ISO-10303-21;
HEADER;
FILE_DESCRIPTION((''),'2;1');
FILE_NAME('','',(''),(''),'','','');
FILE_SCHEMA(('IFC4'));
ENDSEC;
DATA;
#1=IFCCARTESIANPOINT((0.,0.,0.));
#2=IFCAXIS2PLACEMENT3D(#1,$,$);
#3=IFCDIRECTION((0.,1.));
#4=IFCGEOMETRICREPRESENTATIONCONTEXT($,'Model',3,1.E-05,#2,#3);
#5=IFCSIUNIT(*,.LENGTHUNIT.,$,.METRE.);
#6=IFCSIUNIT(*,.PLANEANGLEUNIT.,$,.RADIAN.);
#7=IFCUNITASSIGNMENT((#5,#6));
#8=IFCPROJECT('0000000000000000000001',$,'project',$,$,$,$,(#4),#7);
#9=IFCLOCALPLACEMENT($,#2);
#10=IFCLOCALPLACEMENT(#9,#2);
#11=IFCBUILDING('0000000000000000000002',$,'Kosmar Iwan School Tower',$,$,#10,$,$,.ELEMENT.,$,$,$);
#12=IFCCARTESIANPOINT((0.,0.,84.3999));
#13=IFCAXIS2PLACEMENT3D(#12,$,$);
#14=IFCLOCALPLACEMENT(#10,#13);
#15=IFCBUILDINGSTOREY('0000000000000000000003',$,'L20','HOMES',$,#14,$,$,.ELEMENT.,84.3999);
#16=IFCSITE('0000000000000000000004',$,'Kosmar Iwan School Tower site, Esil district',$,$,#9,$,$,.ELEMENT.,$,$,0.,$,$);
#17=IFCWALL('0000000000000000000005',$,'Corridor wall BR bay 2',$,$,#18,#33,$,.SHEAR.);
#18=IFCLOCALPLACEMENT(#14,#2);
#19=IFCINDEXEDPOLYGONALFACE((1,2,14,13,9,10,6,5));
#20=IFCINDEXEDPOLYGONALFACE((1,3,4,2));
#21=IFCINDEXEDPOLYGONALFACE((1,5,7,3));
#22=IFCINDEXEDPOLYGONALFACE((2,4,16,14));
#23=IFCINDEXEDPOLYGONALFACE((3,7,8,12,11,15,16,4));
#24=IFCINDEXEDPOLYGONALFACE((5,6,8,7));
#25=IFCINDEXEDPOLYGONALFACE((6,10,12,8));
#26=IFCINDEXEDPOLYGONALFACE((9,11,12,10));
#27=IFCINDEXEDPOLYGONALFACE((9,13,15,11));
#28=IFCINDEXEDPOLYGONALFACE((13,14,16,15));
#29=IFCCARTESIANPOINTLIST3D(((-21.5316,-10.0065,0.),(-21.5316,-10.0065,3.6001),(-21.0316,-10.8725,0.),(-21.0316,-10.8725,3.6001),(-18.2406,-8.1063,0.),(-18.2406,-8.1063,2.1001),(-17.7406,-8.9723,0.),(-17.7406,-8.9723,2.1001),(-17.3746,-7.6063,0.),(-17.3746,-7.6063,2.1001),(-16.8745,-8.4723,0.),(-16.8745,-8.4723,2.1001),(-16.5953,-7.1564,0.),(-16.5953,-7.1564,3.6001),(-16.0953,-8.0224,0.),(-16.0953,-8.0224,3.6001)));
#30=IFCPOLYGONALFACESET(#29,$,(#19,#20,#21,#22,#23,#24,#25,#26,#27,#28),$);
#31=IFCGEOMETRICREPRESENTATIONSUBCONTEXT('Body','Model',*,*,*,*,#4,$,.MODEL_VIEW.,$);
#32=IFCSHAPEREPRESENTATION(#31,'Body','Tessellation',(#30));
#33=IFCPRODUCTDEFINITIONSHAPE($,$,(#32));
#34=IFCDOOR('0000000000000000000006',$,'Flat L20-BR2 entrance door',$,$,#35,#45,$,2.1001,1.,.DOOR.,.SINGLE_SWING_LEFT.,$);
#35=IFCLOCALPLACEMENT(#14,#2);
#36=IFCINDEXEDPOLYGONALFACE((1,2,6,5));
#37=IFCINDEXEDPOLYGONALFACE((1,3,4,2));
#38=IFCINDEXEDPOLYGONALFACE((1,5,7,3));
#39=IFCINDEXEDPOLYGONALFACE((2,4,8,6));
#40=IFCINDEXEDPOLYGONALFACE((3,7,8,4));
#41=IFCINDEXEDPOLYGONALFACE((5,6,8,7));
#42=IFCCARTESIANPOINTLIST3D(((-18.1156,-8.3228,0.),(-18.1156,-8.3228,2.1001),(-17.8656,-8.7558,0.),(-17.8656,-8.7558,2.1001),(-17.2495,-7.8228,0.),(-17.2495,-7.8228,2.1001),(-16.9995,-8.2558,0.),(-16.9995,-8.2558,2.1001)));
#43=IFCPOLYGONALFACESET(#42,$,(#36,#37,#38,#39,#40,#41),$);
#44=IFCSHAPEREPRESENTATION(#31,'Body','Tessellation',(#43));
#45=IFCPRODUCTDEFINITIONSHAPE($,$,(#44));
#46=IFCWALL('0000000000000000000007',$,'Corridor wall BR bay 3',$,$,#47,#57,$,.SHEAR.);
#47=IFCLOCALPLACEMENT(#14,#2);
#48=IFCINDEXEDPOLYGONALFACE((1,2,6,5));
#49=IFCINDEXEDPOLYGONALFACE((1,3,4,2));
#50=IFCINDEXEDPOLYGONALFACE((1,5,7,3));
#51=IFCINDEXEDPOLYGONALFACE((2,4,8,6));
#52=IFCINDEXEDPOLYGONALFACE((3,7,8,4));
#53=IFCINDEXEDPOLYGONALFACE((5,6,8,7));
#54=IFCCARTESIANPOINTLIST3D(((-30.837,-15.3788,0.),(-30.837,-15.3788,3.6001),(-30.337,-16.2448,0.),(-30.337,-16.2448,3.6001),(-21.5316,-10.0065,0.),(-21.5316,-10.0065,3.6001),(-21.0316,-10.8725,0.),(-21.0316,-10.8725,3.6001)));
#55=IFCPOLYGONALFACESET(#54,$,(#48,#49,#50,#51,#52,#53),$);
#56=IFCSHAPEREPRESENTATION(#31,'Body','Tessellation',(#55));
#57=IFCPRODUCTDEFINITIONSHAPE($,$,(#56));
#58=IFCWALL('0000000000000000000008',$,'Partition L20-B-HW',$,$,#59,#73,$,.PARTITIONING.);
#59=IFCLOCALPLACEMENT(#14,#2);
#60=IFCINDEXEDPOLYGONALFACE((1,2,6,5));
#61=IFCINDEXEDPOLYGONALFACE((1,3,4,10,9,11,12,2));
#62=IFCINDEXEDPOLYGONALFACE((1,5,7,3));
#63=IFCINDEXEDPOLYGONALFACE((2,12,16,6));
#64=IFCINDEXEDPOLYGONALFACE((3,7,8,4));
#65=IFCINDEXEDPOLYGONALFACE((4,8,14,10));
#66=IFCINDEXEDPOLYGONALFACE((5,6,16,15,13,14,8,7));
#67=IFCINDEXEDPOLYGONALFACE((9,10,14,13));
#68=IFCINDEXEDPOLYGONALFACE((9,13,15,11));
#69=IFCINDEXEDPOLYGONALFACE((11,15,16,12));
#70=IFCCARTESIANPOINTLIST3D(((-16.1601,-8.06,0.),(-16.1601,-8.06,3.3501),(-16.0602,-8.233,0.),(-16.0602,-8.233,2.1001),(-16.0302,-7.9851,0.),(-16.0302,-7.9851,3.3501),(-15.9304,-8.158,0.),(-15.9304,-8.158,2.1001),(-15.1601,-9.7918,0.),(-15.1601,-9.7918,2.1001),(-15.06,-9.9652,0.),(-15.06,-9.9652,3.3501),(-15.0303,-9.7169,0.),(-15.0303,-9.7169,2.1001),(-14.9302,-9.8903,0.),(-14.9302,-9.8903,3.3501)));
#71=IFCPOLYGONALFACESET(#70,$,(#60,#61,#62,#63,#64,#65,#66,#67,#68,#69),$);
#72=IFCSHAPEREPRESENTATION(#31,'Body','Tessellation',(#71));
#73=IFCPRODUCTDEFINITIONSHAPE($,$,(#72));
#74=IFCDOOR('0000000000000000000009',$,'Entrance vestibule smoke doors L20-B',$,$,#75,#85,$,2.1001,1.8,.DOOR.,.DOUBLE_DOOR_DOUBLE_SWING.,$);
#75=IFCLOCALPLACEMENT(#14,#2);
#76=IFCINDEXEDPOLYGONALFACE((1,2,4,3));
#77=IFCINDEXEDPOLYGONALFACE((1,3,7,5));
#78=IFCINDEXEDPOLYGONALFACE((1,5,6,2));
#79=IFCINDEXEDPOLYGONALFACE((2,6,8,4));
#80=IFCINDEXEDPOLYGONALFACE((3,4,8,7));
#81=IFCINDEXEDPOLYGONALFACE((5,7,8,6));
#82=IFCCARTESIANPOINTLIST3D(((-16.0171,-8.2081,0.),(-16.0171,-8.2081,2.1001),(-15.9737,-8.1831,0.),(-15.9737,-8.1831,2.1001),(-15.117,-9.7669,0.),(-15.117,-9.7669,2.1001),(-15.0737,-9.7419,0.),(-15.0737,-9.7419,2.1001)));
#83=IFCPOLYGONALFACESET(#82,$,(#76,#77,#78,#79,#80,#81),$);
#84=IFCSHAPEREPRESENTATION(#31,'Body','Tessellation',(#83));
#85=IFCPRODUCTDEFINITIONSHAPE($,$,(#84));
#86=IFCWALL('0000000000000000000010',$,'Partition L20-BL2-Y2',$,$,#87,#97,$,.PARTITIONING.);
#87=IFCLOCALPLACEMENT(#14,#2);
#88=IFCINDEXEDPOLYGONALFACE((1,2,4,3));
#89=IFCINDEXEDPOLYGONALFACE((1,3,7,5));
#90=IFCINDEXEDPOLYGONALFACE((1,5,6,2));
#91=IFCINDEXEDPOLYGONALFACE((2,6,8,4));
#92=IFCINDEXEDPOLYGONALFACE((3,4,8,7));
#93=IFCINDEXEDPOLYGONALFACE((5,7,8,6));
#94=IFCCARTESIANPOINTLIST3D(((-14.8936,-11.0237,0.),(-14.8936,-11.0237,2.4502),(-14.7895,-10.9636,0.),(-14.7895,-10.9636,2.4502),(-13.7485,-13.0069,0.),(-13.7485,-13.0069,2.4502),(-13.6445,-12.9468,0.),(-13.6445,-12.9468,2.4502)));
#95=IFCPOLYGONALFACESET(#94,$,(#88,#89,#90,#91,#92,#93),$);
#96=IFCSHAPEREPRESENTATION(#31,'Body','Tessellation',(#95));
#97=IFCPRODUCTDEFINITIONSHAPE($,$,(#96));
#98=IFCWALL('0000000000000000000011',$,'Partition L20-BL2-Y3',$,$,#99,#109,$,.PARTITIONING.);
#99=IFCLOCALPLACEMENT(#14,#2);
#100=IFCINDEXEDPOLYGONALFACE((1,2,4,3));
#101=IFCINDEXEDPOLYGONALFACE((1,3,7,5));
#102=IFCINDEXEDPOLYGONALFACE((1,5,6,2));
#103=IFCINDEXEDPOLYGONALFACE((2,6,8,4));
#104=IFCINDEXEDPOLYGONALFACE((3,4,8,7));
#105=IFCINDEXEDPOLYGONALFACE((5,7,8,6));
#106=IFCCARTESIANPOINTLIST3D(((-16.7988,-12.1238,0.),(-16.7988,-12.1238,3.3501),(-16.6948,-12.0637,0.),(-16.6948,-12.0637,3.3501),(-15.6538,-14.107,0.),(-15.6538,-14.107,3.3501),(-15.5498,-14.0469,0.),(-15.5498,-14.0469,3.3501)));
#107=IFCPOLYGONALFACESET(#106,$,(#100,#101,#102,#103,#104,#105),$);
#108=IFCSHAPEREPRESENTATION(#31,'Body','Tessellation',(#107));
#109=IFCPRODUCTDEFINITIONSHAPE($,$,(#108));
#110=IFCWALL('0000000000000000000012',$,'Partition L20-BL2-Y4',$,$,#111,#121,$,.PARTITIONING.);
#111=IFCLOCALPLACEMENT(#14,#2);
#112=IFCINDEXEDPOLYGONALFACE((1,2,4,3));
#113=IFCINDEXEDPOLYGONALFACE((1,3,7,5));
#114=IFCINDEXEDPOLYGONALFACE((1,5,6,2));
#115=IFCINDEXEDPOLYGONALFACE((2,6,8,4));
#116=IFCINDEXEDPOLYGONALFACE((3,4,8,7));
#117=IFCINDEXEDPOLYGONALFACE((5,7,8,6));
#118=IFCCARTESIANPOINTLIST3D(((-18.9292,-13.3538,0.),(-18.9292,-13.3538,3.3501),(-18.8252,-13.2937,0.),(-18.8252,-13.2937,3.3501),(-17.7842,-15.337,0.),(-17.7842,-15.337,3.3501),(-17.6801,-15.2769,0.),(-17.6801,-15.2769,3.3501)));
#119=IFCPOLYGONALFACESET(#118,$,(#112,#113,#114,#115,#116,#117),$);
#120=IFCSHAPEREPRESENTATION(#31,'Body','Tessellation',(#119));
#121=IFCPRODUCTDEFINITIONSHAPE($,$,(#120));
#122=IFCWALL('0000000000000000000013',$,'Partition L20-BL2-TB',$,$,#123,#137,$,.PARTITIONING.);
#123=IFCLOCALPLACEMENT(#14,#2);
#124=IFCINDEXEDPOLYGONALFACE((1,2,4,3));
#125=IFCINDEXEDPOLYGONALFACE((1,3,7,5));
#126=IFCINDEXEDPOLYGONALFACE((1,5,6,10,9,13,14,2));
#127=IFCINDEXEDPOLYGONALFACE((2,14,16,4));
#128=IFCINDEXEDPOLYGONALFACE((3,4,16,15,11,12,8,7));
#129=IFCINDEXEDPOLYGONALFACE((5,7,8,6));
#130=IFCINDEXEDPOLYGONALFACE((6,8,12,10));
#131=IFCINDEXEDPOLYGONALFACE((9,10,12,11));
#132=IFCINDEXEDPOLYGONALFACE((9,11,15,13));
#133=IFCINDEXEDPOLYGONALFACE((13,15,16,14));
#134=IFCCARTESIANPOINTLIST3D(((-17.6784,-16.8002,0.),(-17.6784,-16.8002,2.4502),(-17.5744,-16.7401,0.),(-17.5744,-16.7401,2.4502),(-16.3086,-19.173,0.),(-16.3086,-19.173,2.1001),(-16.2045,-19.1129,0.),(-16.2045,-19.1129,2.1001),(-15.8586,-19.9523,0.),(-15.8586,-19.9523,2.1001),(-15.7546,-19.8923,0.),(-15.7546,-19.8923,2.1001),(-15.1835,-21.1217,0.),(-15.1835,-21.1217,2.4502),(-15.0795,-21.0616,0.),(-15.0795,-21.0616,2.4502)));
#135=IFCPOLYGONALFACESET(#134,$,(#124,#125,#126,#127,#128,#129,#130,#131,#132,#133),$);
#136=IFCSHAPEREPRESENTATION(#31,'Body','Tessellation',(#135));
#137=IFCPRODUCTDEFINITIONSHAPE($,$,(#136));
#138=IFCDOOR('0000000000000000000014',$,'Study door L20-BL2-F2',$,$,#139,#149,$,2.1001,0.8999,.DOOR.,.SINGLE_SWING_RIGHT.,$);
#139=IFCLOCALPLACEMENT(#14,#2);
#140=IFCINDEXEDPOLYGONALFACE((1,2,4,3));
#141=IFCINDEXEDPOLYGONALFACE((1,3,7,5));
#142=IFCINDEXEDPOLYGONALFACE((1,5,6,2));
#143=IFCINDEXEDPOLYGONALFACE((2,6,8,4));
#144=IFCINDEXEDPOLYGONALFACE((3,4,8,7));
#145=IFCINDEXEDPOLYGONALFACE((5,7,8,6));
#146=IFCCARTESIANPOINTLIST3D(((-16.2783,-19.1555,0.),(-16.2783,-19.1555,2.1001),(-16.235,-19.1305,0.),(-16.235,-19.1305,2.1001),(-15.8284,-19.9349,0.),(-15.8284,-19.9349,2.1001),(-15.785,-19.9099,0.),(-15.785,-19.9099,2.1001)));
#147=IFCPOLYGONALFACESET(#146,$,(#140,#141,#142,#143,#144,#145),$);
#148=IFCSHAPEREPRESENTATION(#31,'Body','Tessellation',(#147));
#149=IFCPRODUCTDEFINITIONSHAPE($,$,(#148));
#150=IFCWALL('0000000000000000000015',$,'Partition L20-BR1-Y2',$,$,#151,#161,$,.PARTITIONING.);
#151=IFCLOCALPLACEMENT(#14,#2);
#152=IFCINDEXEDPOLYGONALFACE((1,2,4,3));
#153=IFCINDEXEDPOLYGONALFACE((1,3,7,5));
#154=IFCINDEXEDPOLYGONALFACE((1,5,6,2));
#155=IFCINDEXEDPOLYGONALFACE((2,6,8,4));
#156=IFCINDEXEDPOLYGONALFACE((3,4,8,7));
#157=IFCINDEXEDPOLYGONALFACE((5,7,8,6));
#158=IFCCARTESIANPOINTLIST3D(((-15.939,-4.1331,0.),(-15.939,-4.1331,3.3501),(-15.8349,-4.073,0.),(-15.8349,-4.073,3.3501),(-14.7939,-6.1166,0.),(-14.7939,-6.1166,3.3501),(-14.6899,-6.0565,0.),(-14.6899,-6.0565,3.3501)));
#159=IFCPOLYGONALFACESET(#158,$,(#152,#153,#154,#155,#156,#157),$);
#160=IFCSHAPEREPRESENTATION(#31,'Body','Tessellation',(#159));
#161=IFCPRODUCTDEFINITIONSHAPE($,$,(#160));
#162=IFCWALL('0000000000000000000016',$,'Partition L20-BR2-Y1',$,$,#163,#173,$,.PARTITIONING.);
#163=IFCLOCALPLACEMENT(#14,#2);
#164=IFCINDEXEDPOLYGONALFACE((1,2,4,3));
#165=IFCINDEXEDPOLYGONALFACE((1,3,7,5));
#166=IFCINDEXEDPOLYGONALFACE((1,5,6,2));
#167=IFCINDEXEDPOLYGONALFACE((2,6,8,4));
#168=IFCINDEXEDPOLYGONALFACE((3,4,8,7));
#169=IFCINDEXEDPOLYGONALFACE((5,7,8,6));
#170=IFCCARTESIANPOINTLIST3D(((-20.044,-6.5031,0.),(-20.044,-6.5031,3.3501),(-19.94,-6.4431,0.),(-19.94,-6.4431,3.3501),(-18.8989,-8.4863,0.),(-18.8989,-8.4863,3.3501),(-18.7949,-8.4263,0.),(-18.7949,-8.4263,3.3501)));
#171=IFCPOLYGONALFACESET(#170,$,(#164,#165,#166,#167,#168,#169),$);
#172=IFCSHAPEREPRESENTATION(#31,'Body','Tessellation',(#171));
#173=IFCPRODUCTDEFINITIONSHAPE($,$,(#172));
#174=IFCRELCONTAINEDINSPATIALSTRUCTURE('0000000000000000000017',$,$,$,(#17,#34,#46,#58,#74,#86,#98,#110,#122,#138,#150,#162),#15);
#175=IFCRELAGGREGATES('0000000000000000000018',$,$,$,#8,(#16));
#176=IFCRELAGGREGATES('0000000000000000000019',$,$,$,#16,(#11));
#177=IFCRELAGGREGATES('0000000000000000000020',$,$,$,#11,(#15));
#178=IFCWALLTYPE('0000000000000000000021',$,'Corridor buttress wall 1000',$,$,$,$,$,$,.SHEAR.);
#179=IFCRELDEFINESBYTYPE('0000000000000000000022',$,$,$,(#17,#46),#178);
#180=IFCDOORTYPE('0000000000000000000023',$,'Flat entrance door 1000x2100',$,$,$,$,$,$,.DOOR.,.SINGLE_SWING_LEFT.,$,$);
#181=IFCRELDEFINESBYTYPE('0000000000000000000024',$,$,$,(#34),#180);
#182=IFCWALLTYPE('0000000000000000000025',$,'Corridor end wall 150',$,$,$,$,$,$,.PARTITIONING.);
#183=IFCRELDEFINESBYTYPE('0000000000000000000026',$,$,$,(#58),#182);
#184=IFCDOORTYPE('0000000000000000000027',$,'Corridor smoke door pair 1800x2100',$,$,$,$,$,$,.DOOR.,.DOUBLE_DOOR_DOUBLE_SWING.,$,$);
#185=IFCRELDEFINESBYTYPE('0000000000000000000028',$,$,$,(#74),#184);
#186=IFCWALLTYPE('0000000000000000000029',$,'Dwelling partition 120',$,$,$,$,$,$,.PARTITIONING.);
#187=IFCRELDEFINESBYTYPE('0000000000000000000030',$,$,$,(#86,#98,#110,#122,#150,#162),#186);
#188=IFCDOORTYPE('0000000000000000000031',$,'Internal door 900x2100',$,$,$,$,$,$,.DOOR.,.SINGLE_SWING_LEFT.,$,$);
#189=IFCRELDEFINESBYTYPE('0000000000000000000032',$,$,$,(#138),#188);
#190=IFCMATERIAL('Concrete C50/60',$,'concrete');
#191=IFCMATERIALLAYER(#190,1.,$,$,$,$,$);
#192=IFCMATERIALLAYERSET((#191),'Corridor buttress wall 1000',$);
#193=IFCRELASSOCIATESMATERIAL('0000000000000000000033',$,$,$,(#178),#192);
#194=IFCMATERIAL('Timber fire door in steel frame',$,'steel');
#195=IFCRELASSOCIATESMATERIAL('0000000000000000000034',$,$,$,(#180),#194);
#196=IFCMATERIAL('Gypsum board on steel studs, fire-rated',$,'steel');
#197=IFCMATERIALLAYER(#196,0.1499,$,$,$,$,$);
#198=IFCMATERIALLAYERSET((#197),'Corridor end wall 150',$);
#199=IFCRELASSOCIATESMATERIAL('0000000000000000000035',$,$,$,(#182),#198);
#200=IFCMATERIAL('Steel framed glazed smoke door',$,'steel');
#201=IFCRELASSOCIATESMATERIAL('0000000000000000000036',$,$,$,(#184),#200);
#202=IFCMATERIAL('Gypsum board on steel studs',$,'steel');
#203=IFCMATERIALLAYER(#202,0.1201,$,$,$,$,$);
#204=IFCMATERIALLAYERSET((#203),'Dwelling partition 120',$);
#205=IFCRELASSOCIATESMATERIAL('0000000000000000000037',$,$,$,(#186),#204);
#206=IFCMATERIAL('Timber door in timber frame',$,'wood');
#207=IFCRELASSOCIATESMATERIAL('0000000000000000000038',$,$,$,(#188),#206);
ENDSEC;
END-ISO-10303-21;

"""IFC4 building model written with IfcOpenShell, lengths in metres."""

from ifc_helpers import new_model, si_unit, direction, frame, frame_2d, origin, place, context, subcontext, project, spatial, rectangle, extrude, material, layer, layer_set, type_object, element, fill, save


model = new_model("IFC4")

# Units and contexts
model_context = context("Model", 3, precision=1e-05, world=origin(), true_north=direction((0.0, 1.0)))
body_context = subcontext(model_context, "Body", "Model", "MODEL_VIEW")
ifc_project = project(units=[si_unit("LENGTHUNIT", "METRE"), si_unit("PLANEANGLEUNIT", "RADIAN")], contexts=[model_context])

# Site, building, storey
site_placement = place(None, origin())
site = spatial("IfcSite", under=ifc_project, at=site_placement, Name="Kosmar Iwan School Tower site, Esil district", CompositionType="ELEMENT", RefElevation=0.0)
building_placement = place(site_placement, origin())
building = spatial("IfcBuilding", under=site, at=building_placement, Name="Kosmar Iwan School Tower", CompositionType="ELEMENT")
storey_placement = place(building_placement, frame((0.0, 0.0, 84.3999)))
storey = spatial("IfcBuildingStorey", under=building, at=storey_placement, Name="L20", Description="HOMES", CompositionType="ELEMENT", Elevation=84.3999)

# Wall, opening, door
ifc_material_1 = material(Name="Concrete C50/60", Category="concrete")
ifc_layer_1 = layer(ifc_material_1, 1.0)
ifc_layer_set_1 = layer_set([ifc_layer_1], Name="Corridor buttress wall 1000")
wall_type_1 = type_object("IfcWallType", Name="Corridor buttress wall 1000", PredefinedType="SHEAR", material=ifc_layer_set_1)
ifc_material_2 = material(Name="Timber fire door in steel frame", Category="steel")
door_type_1 = type_object("IfcDoorType", Name="Flat entrance door 1000x2100", OperationType="SINGLE_SWING_LEFT", PredefinedType="DOOR", material=ifc_material_2)
wall_1_placement = place(storey_placement, frame((-16.3452, -7.5894, 0.0), z_axis=(0.0, 0.0, 1.0), x_axis=(-0.866015, -0.500018, 0.0)))
wall_1 = element("IfcWall", 1, at=wall_1_placement, inside=storey, type_object=wall_type_1, Name="Corridor wall BR bay 2", PredefinedType="SHEAR", context=body_context, shape_type="SweptSolid", body=[
    extrude(rectangle(XDim=5.7, YDim=1.0, at=frame_2d((2.8501, 0.0))), origin(), (0.0, 0.0, 1.0), 3.6001),
])
opening_1_placement = place(wall_1_placement, frame((0.8999, 0.0, 0.0)))
opening_1 = element("IfcOpeningElement", 2, at=opening_1_placement, cuts=wall_1, PredefinedType="OPENING", context=body_context, shape_type="SweptSolid", body=[
    extrude(rectangle(XDim=1.0, YDim=2.1001, at=frame_2d((0.5, 1.05))), frame((0.0, 0.512, 0.0), z_axis=(0.0, -1.0, 0.0), x_axis=(1.0, 0.0, 0.0)), (0.0, 0.0, 1.0), 1.0239),
])
door_1_placement = place(opening_1_placement, origin())
door_1 = element("IfcDoor", 3, at=door_1_placement, inside=storey, type_object=door_type_1, Name="Flat L20-BR2 entrance door", OperationType="SINGLE_SWING_LEFT", OverallHeight=2.1001, OverallWidth=1.0, PredefinedType="DOOR", context=body_context, shape_type="SweptSolid", body=[
    extrude(rectangle(XDim=1.0, YDim=2.1001, at=frame_2d((0.5, 1.05))), frame((0.0, 0.25, 0.0), z_axis=(0.0, -1.0, 0.0), x_axis=(1.0, 0.0, 0.0)), (0.0, 0.0, 1.0), 0.5),
])
fill(opening_1, door_1)

# Wall
wall_2_placement = place(storey_placement, frame((-21.2815, -10.4395, 0.0), z_axis=(0.0, 0.0, 1.0), x_axis=(-0.866032, -0.499988, 0.0)))
element("IfcWall", 4, at=wall_2_placement, inside=storey, type_object=wall_type_1, Name="Corridor wall BR bay 3", PredefinedType="SHEAR", context=body_context, shape_type="SweptSolid", body=[
    extrude(rectangle(XDim=10.7449, YDim=1.0, at=frame_2d((5.3726, 0.0))), origin(), (0.0, 0.0, 1.0), 3.6001),
])

# Wall, opening, door
ifc_material_3 = material(Name="Gypsum board on steel studs, fire-rated", Category="steel")
ifc_layer_2 = layer(ifc_material_3, 0.1499)
ifc_layer_set_2 = layer_set([ifc_layer_2], Name="Corridor end wall 150")
wall_type_2 = type_object("IfcWallType", Name="Corridor end wall 150", PredefinedType="PARTITIONING", material=ifc_layer_set_2)
wall_3_placement = place(storey_placement, frame((-16.0952, -8.0225, 0.0), z_axis=(0.0, 0.0, 1.0), x_axis=(0.50003, -0.866008, 0.0)))
wall_3 = element("IfcWall", 5, at=wall_3_placement, inside=storey, type_object=wall_type_2, Name="Partition L20-B-HW", PredefinedType="PARTITIONING", context=body_context, shape_type="SweptSolid", body=[
    extrude(rectangle(XDim=2.2, YDim=0.1499, at=frame_2d((1.1001, 0.0))), origin(), (0.0, 0.0, 1.0), 3.3501),
])
opening_2_placement = place(wall_3_placement, frame((0.2, 0.0, 0.0)))
opening_2 = element("IfcOpeningElement", 6, at=opening_2_placement, cuts=wall_3, PredefinedType="OPENING", context=body_context, shape_type="SweptSolid", body=[
    extrude(rectangle(XDim=1.8, YDim=2.1001, at=frame_2d((0.8999, 1.05))), frame((0.0, 0.0869, 0.0), z_axis=(0.0, -1.0, 0.0), x_axis=(1.0, 0.0, 0.0)), (0.0, 0.0, 1.0), 0.1738),
])
ifc_material_4 = material(Name="Steel framed glazed smoke door", Category="steel")
door_type_2 = type_object("IfcDoorType", Name="Corridor smoke door pair 1800x2100", OperationType="DOUBLE_DOOR_DOUBLE_SWING", PredefinedType="DOOR", material=ifc_material_4)
door_2_placement = place(opening_2_placement, origin())
door_2 = element("IfcDoor", 7, at=door_2_placement, inside=storey, type_object=door_type_2, Name="Entrance vestibule smoke doors L20-B", OperationType="DOUBLE_DOOR_DOUBLE_SWING", OverallHeight=2.1001, OverallWidth=1.8, PredefinedType="DOOR", context=body_context, shape_type="SweptSolid", body=[
    extrude(rectangle(XDim=1.8, YDim=2.1001, at=frame_2d((0.8999, 1.05))), frame((0.0, 0.0249, 0.0), z_axis=(0.0, -1.0, 0.0), x_axis=(1.0, 0.0, 0.0)), (0.0, 0.0, 1.0), 0.05),
])
fill(opening_2, door_2)

# Walls
ifc_material_5 = material(Name="Gypsum board on steel studs", Category="steel")
ifc_layer_3 = layer(ifc_material_5, 0.1201)
ifc_layer_set_3 = layer_set([ifc_layer_3], Name="Dwelling partition 120")
wall_type_3 = type_object("IfcWallType", Name="Dwelling partition 120", PredefinedType="PARTITIONING", material=ifc_layer_set_3)
wall_4_placement = place(storey_placement, frame((-14.8416, -10.9937, 0.0), z_axis=(0.0, 0.0, 1.0), x_axis=(0.500015, -0.866017, 0.0)))
element("IfcWall", 8, at=wall_4_placement, inside=storey, type_object=wall_type_3, Name="Partition L20-BL2-Y2", PredefinedType="PARTITIONING", context=body_context, shape_type="SweptSolid", body=[
    extrude(rectangle(XDim=2.29, YDim=0.1201, at=frame_2d((1.145, 0.0))), origin(), (0.0, 0.0, 1.0), 2.4502),
])
for number, where, z_axis, x_axis, name in (
    (9, (-16.7468, -12.0938, 0.0), (0.0, 0.0, 1.0), (0.500015, -0.866017, 0.0), "Partition L20-BL2-Y3"),
    (10, (-18.8772, -13.3237, 0.0), (0.0, 0.0, 1.0), (0.500015, -0.866017, 0.0), "Partition L20-BL2-Y4"),
):
    element("IfcWall", number, at=place(storey_placement, frame(where, z_axis=z_axis, x_axis=x_axis)), inside=storey, type_object=wall_type_3, Name=name, PredefinedType="PARTITIONING", context=body_context, shape_type="SweptSolid", body=[
        extrude(rectangle(XDim=2.29, YDim=0.1201, at=frame_2d((1.145, 0.0))), origin(), (0.0, 0.0, 1.0), 3.3501),
    ])

# Wall, opening, door
wall_5_placement = place(storey_placement, frame((-17.6265, -16.77, 0.0), z_axis=(0.0, 0.0, 1.0), x_axis=(0.499975, -0.86604, 0.0)))
wall_5 = element("IfcWall", 11, at=wall_5_placement, inside=storey, type_object=wall_type_3, Name="Partition L20-BL2-TB", PredefinedType="PARTITIONING", context=body_context, shape_type="SweptSolid", body=[
    extrude(rectangle(XDim=4.99, YDim=0.1201, at=frame_2d((2.4951, 0.0))), origin(), (0.0, 0.0, 1.0), 2.4502),
])
opening_3_placement = place(wall_5_placement, frame((2.74, 0.0, 0.0)))
opening_3 = element("IfcOpeningElement", 12, at=opening_3_placement, cuts=wall_5, PredefinedType="OPENING", context=body_context, shape_type="SweptSolid", body=[
    extrude(rectangle(XDim=0.8999, YDim=2.1001, at=frame_2d((0.45, 1.05))), frame((0.0, 0.072, 0.0), z_axis=(0.0, -1.0, 0.0), x_axis=(1.0, 0.0, 0.0)), (0.0, 0.0, 1.0), 0.144),
])
ifc_material_6 = material(Name="Timber door in timber frame", Category="wood")
door_type_3 = type_object("IfcDoorType", Name="Internal door 900x2100", OperationType="SINGLE_SWING_LEFT", PredefinedType="DOOR", material=ifc_material_6)
door_3_placement = place(opening_3_placement, origin())
door_3 = element("IfcDoor", 13, at=door_3_placement, inside=storey, type_object=door_type_3, Name="Study door L20-BL2-F2", OperationType="SINGLE_SWING_RIGHT", OverallHeight=2.1001, OverallWidth=0.8999, PredefinedType="DOOR", context=body_context, shape_type="SweptSolid", body=[
    extrude(rectangle(XDim=0.8999, YDim=2.1001, at=frame_2d((0.45, 1.05))), frame((0.0, 0.0249, 0.0), z_axis=(0.0, -1.0, 0.0), x_axis=(1.0, 0.0, 0.0)), (0.0, 0.0, 1.0), 0.05),
])
fill(opening_3, door_3)

# Walls
wall_6_placement = place(storey_placement, frame((-14.7419, -6.0864, 0.0), z_axis=(0.0, 0.0, 1.0), x_axis=(-0.499969, 0.866044, 0.0)))
element("IfcWall", 14, at=wall_6_placement, inside=storey, type_object=wall_type_3, Name="Partition L20-BR1-Y2", PredefinedType="PARTITIONING", context=body_context, shape_type="SweptSolid", body=[
    extrude(rectangle(XDim=2.2903, YDim=0.1201, at=frame_2d((1.145, 0.0))), origin(), (0.0, 0.0, 1.0), 3.3501),
])
wall_7_placement = place(storey_placement, frame((-18.8469, -8.4563, 0.0), z_axis=(0.0, 0.0, 1.0), x_axis=(-0.500015, 0.866017, 0.0)))
element("IfcWall", 15, at=wall_7_placement, inside=storey, type_object=wall_type_3, Name="Partition L20-BR2-Y1", PredefinedType="PARTITIONING", context=body_context, shape_type="SweptSolid", body=[
    extrude(rectangle(XDim=2.29, YDim=0.1201, at=frame_2d((1.145, 0.0))), origin(), (0.0, 0.0, 1.0), 3.3501),
])

save(model, "model.ifc")
